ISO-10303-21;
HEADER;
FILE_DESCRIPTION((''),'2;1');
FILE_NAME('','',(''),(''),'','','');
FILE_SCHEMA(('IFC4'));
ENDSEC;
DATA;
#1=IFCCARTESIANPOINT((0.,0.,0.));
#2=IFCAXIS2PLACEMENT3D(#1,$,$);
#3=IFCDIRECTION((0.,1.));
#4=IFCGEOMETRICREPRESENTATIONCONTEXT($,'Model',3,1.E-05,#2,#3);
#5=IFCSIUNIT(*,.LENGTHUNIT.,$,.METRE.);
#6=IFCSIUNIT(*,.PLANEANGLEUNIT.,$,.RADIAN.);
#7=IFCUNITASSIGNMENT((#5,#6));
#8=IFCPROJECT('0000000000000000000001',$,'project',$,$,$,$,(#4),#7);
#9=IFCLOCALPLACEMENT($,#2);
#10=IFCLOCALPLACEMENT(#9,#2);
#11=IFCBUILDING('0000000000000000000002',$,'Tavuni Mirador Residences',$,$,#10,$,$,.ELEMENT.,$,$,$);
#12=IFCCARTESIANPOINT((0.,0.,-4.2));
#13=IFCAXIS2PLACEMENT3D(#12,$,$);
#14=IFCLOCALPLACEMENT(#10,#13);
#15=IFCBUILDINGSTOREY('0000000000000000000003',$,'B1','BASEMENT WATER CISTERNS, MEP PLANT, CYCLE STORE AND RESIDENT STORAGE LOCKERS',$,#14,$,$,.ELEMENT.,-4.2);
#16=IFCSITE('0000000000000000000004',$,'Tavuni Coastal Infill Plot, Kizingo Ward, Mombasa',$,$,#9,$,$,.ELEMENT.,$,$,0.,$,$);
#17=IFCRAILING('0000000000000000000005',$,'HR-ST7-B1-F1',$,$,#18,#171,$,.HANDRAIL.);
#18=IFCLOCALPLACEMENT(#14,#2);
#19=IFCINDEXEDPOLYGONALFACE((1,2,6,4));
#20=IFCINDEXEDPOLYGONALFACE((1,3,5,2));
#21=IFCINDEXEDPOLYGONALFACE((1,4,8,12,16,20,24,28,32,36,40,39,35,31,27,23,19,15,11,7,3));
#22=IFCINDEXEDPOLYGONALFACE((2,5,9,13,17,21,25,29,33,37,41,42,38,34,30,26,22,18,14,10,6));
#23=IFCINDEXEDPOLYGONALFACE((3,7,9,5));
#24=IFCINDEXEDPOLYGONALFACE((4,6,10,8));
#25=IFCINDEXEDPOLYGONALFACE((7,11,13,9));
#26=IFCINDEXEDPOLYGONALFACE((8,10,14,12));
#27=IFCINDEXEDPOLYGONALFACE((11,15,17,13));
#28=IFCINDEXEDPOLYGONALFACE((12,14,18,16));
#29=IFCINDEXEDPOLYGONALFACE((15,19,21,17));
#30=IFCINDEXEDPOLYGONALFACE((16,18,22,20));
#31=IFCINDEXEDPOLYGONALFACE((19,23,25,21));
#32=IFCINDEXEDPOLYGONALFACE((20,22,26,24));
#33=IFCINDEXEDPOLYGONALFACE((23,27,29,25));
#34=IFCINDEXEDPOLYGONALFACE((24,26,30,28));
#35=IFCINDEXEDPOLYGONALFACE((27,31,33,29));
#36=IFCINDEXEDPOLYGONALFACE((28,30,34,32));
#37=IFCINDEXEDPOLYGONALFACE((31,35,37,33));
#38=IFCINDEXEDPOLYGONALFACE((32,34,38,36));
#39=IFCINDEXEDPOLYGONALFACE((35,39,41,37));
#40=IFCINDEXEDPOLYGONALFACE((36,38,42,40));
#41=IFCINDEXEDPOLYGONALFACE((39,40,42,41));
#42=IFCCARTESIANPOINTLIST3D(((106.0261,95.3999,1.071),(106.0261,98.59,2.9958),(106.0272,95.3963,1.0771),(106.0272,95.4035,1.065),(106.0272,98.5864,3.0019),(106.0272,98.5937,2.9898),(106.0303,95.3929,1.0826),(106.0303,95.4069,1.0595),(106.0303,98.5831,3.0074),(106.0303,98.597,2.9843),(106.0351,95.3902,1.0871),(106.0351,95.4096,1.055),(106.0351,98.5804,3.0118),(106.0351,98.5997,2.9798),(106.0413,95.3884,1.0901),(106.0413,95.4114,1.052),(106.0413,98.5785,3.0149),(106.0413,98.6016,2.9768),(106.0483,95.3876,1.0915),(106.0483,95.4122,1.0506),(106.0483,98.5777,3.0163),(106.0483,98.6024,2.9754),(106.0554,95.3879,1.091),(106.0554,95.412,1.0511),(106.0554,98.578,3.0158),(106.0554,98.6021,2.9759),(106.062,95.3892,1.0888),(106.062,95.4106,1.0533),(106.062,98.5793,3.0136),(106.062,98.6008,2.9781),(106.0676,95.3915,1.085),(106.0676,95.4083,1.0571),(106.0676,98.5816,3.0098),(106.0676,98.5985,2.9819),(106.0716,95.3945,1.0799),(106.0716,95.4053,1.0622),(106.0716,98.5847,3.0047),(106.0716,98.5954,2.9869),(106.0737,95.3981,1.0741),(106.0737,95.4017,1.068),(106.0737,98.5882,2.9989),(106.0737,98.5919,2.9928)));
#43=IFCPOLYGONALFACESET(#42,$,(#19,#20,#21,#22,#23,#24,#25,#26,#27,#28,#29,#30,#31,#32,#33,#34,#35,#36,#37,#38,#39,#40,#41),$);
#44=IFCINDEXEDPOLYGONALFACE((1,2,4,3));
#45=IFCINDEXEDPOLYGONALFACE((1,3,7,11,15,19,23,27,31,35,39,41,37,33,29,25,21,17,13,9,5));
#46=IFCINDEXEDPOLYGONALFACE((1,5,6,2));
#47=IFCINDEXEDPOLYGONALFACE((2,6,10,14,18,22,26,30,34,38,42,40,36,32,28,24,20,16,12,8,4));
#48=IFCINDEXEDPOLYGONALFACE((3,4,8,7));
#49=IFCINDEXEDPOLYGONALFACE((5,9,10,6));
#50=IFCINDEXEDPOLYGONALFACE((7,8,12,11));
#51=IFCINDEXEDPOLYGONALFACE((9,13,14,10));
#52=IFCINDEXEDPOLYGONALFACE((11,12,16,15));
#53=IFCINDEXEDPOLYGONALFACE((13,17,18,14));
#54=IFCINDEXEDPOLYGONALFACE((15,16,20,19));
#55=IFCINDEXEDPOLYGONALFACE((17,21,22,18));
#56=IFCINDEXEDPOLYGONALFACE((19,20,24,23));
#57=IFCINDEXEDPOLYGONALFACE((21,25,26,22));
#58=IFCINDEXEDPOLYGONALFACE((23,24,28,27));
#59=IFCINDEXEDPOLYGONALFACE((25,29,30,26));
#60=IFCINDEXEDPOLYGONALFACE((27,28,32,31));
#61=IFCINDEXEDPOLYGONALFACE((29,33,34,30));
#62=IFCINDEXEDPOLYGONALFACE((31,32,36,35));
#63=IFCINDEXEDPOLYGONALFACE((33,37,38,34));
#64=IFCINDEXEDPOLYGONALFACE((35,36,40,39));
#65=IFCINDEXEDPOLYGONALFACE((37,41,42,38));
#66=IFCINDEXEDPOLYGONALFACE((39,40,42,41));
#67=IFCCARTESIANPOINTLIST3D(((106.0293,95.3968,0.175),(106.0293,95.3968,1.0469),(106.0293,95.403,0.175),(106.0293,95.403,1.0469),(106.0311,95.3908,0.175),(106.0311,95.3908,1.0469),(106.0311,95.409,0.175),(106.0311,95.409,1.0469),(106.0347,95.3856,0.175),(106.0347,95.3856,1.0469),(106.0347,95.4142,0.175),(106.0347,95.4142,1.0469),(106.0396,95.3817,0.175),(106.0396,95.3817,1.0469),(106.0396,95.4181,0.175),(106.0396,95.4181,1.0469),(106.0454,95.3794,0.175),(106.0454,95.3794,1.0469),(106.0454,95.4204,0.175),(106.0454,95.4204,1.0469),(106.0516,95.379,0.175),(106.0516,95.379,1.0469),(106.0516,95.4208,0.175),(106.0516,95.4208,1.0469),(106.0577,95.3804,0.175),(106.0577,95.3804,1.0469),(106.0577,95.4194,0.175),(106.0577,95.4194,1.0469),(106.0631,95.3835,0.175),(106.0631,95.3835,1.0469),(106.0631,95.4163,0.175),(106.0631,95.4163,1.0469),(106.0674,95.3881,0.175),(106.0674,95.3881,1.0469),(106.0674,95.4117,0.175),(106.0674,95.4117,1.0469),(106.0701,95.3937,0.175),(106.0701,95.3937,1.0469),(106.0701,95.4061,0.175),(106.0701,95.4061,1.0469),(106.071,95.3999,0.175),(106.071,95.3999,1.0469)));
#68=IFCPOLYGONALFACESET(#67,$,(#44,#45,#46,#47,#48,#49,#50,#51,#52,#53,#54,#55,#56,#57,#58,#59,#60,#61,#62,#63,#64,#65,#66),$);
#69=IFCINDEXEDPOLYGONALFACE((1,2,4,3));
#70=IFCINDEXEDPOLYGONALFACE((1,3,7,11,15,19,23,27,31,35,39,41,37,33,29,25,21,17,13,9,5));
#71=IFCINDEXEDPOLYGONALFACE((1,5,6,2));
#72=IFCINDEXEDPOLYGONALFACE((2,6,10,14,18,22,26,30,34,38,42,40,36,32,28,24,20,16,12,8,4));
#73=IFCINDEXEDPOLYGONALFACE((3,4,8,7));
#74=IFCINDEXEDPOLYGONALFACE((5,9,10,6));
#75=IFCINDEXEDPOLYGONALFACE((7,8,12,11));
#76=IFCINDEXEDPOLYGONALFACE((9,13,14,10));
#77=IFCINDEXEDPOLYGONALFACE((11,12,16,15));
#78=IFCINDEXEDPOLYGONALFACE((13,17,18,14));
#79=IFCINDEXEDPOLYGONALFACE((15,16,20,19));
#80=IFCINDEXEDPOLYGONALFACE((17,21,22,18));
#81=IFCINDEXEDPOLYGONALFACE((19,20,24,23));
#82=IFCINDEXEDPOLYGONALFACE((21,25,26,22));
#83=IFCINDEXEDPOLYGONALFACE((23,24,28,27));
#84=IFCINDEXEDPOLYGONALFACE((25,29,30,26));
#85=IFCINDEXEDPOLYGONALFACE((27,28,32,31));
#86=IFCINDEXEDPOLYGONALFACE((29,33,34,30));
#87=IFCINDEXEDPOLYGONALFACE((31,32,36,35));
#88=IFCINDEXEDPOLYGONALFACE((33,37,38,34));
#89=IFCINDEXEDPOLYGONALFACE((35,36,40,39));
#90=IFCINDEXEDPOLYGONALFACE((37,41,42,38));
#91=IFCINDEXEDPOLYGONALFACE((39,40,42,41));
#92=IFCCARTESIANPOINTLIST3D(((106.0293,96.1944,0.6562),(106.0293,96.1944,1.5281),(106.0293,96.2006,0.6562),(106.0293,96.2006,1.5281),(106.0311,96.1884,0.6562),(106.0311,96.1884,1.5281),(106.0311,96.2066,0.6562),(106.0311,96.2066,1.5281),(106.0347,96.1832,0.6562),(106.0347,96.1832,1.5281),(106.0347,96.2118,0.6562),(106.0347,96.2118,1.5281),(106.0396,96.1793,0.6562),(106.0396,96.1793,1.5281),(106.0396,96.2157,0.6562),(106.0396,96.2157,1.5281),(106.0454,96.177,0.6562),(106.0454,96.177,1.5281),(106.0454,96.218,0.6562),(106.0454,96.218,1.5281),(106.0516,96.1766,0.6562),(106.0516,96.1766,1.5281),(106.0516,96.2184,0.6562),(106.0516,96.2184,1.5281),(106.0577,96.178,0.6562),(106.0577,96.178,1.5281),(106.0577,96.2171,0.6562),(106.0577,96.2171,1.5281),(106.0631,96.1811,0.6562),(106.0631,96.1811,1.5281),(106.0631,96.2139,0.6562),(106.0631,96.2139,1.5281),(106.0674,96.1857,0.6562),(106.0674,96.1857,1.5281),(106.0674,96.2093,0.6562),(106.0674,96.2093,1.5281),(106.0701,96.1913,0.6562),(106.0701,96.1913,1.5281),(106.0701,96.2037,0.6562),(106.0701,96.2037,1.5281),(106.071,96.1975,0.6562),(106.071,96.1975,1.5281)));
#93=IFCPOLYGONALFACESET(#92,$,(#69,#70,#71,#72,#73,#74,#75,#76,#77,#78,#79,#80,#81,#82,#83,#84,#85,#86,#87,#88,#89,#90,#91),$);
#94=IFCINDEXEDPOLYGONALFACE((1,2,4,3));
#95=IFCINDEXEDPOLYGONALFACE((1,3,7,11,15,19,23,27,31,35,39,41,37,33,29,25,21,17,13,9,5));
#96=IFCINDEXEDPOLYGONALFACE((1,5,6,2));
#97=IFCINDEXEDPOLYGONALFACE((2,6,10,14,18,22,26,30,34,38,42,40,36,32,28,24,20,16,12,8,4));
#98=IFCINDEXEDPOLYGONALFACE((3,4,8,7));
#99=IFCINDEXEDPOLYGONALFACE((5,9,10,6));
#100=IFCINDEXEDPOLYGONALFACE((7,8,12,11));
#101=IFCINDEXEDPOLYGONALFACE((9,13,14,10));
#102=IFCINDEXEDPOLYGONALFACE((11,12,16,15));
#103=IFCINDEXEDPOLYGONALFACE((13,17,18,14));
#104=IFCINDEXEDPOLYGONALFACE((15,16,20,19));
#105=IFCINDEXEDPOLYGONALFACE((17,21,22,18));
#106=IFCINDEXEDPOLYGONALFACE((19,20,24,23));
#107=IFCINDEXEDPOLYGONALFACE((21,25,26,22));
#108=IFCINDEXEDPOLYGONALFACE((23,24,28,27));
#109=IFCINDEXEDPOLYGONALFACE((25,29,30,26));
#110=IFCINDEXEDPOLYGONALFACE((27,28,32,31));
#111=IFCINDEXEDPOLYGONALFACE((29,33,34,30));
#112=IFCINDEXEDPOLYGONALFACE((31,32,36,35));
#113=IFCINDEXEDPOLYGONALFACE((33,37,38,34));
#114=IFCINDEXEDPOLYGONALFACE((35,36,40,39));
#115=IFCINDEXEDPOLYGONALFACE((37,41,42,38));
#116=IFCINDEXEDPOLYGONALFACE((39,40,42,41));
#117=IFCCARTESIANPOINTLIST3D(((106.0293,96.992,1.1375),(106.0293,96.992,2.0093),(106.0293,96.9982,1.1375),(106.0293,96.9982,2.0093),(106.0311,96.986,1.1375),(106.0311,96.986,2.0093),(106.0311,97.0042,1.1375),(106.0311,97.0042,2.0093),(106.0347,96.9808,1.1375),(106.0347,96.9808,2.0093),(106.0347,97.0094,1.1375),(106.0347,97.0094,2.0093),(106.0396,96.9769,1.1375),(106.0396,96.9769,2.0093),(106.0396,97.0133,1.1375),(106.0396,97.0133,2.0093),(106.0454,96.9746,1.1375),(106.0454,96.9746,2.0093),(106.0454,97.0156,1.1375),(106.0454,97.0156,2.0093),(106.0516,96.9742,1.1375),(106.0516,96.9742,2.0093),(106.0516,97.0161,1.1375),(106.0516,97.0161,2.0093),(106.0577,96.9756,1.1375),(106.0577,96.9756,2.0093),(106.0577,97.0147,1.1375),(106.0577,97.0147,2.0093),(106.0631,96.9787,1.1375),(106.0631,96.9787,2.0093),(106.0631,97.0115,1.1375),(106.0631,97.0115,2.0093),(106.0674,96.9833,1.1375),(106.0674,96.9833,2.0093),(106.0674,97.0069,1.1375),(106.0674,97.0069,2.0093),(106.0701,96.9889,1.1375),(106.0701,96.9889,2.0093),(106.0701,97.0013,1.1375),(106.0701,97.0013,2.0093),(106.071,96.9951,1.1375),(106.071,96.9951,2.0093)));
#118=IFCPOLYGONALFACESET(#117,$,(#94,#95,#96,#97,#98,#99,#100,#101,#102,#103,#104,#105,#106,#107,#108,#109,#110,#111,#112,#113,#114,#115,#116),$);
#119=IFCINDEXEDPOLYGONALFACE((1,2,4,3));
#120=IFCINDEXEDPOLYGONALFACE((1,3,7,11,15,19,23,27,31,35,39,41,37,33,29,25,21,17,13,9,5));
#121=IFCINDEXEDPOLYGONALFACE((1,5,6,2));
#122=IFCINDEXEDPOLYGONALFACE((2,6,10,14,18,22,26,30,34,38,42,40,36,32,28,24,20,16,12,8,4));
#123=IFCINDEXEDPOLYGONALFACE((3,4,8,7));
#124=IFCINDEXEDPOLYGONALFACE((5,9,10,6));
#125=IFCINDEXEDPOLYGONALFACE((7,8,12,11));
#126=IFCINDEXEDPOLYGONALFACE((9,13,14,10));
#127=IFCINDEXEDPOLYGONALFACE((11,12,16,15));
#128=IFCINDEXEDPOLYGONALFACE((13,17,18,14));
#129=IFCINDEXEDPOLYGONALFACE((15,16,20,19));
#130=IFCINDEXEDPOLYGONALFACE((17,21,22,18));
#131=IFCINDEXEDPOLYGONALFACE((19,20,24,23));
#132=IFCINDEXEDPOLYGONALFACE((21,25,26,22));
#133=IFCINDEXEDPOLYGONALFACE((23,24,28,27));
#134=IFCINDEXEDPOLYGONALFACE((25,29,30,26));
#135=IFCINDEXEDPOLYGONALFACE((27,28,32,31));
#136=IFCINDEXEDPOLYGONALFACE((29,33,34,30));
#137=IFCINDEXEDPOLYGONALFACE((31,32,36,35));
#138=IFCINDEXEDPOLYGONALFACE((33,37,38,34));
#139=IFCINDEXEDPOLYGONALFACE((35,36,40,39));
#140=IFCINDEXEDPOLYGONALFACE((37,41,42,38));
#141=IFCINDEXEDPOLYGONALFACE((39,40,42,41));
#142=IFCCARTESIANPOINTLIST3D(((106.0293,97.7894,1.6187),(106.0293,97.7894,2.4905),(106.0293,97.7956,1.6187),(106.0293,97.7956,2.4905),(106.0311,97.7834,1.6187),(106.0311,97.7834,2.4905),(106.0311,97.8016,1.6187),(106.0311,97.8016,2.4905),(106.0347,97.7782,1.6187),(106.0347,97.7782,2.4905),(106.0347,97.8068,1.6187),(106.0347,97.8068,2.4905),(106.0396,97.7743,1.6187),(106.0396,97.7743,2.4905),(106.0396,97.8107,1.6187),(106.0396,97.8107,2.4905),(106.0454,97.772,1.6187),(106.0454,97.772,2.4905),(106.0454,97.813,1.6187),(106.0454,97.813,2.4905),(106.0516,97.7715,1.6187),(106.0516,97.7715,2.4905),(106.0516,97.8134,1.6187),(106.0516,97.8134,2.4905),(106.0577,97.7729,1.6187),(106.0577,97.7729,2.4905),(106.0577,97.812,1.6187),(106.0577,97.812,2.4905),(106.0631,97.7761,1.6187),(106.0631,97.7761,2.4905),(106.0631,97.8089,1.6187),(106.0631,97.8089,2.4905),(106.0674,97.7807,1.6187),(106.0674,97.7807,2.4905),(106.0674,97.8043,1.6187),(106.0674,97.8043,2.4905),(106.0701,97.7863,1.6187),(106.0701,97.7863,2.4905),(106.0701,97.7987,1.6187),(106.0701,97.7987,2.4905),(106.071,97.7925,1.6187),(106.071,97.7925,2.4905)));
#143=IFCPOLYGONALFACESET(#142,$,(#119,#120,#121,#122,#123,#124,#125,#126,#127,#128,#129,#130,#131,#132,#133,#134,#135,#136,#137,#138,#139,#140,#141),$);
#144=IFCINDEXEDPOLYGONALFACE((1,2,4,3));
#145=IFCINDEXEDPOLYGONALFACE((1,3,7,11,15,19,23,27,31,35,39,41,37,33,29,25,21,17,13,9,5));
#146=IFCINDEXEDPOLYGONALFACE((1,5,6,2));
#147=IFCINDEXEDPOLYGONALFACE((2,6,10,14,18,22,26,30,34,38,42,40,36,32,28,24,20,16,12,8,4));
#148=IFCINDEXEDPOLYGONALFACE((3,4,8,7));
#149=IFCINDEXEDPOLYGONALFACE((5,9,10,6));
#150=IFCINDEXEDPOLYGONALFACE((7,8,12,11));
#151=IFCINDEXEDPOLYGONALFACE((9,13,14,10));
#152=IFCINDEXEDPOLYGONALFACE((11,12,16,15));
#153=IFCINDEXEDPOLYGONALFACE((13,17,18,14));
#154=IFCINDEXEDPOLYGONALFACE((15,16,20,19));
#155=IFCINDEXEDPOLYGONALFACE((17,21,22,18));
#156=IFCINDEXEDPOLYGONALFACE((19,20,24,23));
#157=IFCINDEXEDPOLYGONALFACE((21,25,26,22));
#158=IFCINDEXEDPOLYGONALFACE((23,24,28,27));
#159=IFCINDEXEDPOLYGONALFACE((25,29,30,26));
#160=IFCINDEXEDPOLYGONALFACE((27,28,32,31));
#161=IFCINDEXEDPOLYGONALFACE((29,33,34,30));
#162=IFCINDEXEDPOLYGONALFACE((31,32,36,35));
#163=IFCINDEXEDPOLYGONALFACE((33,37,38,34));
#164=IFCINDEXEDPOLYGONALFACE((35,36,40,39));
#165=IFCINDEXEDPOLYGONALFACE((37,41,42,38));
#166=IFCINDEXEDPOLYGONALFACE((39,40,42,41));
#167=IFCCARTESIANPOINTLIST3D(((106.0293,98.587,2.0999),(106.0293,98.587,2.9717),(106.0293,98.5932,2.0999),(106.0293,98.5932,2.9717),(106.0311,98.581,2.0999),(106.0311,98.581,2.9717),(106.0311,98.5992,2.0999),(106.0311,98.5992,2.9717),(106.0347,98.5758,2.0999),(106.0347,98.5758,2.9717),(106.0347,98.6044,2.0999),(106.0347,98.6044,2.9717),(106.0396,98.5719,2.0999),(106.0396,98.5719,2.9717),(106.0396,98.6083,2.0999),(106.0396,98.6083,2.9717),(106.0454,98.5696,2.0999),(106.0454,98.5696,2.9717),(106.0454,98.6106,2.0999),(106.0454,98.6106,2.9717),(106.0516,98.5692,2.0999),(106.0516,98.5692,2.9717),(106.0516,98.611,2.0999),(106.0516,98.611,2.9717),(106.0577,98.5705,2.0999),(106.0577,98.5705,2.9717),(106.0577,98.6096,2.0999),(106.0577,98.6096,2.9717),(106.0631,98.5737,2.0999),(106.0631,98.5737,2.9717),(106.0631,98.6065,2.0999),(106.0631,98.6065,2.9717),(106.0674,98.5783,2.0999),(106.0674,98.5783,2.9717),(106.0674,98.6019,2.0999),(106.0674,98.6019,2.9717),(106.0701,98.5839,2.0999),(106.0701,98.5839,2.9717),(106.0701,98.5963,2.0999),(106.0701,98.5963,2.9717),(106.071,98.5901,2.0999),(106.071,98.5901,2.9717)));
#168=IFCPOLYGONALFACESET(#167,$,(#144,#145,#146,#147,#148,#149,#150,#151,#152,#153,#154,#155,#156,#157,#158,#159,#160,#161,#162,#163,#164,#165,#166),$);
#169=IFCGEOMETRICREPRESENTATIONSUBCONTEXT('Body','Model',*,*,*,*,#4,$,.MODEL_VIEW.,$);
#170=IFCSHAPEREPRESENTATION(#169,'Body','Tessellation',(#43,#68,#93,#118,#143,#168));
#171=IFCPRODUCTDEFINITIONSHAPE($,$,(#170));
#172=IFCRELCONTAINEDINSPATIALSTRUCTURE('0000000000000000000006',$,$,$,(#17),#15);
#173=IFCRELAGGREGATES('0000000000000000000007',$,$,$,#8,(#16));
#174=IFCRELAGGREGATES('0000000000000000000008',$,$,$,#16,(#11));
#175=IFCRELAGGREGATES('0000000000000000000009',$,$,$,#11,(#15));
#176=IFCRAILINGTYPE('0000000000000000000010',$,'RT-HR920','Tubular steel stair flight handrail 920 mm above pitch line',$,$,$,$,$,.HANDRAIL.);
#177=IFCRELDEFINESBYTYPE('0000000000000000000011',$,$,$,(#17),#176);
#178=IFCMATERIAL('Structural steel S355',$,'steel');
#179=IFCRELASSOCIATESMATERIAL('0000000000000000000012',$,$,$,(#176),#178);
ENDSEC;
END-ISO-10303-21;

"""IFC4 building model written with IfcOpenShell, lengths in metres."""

from ifc_helpers import new_model, si_unit, direction, frame, origin, origin_2d, place, context, subcontext, project, spatial, circle, extrude, material, type_object, element, save


model = new_model("IFC4")

# Units and contexts
model_context = context("Model", 3, precision=1e-05, world=origin(), true_north=direction((0.0, 1.0)))
body_context = subcontext(model_context, "Body", "Model", "MODEL_VIEW")
ifc_project = project(units=[si_unit("LENGTHUNIT", "METRE"), si_unit("PLANEANGLEUNIT", "RADIAN")], contexts=[model_context])

# Site, building, storey
site_placement = place(None, origin())
site = spatial("IfcSite", under=ifc_project, at=site_placement, Name="Tavuni Coastal Infill Plot, Kizingo Ward, Mombasa", CompositionType="ELEMENT", RefElevation=0.0)
building_placement = place(site_placement, origin())
building = spatial("IfcBuilding", under=site, at=building_placement, Name="Tavuni Mirador Residences", CompositionType="ELEMENT")
storey_placement = place(building_placement, frame((0.0, 0.0, -4.2)))
storey = spatial("IfcBuildingStorey", under=building, at=storey_placement, Name="B1", Description="BASEMENT WATER CISTERNS, MEP PLANT, CYCLE STORE AND RESIDENT STORAGE LOCKERS", CompositionType="ELEMENT", Elevation=-4.2)

# Railing
ifc_material_1 = material(Name="Structural steel S355", Category="steel")
railing_type = type_object("IfcRailingType", Name="RT-HR920", Description="Tubular steel stair flight handrail 920 mm above pitch line", PredefinedType="HANDRAIL", material=ifc_material_1)
railing_placement = place(storey_placement, frame((106.05, 95.3999, 0.175)))
element("IfcRailing", 1, at=railing_placement, inside=storey, type_object=railing_type, Name="HR-ST7-B1-F1", PredefinedType="HANDRAIL", context=body_context, shape_type="SweptSolid", body=[
    extrude(circle(Radius=0.0239, at=origin_2d()), frame((0.0, 0.0, 0.896), z_axis=(0.0, 0.856224, 0.516605), x_axis=(-1.0, 0.0, 0.0)), (0.0, 0.0, 1.0), 3.7258),
    extrude(circle(Radius=0.021, at=origin_2d()), origin(), (0.0, 0.0, 1.0), 0.8718),
    extrude(circle(Radius=0.021, at=origin_2d()), frame((0.0, 0.7976, 0.4812)), (0.0, 0.0, 1.0), 0.8718),
    extrude(circle(Radius=0.021, at=origin_2d()), frame((0.0, 1.5952, 0.9624)), (0.0, 0.0, 1.0), 0.8718),
    extrude(circle(Radius=0.021, at=origin_2d()), frame((0.0, 2.3926, 1.4436)), (0.0, 0.0, 1.0), 0.8718),
    extrude(circle(Radius=0.021, at=origin_2d()), frame((0.0, 3.1902, 1.9248)), (0.0, 0.0, 1.0), 0.8718),
])

save(model, "model.ifc")
